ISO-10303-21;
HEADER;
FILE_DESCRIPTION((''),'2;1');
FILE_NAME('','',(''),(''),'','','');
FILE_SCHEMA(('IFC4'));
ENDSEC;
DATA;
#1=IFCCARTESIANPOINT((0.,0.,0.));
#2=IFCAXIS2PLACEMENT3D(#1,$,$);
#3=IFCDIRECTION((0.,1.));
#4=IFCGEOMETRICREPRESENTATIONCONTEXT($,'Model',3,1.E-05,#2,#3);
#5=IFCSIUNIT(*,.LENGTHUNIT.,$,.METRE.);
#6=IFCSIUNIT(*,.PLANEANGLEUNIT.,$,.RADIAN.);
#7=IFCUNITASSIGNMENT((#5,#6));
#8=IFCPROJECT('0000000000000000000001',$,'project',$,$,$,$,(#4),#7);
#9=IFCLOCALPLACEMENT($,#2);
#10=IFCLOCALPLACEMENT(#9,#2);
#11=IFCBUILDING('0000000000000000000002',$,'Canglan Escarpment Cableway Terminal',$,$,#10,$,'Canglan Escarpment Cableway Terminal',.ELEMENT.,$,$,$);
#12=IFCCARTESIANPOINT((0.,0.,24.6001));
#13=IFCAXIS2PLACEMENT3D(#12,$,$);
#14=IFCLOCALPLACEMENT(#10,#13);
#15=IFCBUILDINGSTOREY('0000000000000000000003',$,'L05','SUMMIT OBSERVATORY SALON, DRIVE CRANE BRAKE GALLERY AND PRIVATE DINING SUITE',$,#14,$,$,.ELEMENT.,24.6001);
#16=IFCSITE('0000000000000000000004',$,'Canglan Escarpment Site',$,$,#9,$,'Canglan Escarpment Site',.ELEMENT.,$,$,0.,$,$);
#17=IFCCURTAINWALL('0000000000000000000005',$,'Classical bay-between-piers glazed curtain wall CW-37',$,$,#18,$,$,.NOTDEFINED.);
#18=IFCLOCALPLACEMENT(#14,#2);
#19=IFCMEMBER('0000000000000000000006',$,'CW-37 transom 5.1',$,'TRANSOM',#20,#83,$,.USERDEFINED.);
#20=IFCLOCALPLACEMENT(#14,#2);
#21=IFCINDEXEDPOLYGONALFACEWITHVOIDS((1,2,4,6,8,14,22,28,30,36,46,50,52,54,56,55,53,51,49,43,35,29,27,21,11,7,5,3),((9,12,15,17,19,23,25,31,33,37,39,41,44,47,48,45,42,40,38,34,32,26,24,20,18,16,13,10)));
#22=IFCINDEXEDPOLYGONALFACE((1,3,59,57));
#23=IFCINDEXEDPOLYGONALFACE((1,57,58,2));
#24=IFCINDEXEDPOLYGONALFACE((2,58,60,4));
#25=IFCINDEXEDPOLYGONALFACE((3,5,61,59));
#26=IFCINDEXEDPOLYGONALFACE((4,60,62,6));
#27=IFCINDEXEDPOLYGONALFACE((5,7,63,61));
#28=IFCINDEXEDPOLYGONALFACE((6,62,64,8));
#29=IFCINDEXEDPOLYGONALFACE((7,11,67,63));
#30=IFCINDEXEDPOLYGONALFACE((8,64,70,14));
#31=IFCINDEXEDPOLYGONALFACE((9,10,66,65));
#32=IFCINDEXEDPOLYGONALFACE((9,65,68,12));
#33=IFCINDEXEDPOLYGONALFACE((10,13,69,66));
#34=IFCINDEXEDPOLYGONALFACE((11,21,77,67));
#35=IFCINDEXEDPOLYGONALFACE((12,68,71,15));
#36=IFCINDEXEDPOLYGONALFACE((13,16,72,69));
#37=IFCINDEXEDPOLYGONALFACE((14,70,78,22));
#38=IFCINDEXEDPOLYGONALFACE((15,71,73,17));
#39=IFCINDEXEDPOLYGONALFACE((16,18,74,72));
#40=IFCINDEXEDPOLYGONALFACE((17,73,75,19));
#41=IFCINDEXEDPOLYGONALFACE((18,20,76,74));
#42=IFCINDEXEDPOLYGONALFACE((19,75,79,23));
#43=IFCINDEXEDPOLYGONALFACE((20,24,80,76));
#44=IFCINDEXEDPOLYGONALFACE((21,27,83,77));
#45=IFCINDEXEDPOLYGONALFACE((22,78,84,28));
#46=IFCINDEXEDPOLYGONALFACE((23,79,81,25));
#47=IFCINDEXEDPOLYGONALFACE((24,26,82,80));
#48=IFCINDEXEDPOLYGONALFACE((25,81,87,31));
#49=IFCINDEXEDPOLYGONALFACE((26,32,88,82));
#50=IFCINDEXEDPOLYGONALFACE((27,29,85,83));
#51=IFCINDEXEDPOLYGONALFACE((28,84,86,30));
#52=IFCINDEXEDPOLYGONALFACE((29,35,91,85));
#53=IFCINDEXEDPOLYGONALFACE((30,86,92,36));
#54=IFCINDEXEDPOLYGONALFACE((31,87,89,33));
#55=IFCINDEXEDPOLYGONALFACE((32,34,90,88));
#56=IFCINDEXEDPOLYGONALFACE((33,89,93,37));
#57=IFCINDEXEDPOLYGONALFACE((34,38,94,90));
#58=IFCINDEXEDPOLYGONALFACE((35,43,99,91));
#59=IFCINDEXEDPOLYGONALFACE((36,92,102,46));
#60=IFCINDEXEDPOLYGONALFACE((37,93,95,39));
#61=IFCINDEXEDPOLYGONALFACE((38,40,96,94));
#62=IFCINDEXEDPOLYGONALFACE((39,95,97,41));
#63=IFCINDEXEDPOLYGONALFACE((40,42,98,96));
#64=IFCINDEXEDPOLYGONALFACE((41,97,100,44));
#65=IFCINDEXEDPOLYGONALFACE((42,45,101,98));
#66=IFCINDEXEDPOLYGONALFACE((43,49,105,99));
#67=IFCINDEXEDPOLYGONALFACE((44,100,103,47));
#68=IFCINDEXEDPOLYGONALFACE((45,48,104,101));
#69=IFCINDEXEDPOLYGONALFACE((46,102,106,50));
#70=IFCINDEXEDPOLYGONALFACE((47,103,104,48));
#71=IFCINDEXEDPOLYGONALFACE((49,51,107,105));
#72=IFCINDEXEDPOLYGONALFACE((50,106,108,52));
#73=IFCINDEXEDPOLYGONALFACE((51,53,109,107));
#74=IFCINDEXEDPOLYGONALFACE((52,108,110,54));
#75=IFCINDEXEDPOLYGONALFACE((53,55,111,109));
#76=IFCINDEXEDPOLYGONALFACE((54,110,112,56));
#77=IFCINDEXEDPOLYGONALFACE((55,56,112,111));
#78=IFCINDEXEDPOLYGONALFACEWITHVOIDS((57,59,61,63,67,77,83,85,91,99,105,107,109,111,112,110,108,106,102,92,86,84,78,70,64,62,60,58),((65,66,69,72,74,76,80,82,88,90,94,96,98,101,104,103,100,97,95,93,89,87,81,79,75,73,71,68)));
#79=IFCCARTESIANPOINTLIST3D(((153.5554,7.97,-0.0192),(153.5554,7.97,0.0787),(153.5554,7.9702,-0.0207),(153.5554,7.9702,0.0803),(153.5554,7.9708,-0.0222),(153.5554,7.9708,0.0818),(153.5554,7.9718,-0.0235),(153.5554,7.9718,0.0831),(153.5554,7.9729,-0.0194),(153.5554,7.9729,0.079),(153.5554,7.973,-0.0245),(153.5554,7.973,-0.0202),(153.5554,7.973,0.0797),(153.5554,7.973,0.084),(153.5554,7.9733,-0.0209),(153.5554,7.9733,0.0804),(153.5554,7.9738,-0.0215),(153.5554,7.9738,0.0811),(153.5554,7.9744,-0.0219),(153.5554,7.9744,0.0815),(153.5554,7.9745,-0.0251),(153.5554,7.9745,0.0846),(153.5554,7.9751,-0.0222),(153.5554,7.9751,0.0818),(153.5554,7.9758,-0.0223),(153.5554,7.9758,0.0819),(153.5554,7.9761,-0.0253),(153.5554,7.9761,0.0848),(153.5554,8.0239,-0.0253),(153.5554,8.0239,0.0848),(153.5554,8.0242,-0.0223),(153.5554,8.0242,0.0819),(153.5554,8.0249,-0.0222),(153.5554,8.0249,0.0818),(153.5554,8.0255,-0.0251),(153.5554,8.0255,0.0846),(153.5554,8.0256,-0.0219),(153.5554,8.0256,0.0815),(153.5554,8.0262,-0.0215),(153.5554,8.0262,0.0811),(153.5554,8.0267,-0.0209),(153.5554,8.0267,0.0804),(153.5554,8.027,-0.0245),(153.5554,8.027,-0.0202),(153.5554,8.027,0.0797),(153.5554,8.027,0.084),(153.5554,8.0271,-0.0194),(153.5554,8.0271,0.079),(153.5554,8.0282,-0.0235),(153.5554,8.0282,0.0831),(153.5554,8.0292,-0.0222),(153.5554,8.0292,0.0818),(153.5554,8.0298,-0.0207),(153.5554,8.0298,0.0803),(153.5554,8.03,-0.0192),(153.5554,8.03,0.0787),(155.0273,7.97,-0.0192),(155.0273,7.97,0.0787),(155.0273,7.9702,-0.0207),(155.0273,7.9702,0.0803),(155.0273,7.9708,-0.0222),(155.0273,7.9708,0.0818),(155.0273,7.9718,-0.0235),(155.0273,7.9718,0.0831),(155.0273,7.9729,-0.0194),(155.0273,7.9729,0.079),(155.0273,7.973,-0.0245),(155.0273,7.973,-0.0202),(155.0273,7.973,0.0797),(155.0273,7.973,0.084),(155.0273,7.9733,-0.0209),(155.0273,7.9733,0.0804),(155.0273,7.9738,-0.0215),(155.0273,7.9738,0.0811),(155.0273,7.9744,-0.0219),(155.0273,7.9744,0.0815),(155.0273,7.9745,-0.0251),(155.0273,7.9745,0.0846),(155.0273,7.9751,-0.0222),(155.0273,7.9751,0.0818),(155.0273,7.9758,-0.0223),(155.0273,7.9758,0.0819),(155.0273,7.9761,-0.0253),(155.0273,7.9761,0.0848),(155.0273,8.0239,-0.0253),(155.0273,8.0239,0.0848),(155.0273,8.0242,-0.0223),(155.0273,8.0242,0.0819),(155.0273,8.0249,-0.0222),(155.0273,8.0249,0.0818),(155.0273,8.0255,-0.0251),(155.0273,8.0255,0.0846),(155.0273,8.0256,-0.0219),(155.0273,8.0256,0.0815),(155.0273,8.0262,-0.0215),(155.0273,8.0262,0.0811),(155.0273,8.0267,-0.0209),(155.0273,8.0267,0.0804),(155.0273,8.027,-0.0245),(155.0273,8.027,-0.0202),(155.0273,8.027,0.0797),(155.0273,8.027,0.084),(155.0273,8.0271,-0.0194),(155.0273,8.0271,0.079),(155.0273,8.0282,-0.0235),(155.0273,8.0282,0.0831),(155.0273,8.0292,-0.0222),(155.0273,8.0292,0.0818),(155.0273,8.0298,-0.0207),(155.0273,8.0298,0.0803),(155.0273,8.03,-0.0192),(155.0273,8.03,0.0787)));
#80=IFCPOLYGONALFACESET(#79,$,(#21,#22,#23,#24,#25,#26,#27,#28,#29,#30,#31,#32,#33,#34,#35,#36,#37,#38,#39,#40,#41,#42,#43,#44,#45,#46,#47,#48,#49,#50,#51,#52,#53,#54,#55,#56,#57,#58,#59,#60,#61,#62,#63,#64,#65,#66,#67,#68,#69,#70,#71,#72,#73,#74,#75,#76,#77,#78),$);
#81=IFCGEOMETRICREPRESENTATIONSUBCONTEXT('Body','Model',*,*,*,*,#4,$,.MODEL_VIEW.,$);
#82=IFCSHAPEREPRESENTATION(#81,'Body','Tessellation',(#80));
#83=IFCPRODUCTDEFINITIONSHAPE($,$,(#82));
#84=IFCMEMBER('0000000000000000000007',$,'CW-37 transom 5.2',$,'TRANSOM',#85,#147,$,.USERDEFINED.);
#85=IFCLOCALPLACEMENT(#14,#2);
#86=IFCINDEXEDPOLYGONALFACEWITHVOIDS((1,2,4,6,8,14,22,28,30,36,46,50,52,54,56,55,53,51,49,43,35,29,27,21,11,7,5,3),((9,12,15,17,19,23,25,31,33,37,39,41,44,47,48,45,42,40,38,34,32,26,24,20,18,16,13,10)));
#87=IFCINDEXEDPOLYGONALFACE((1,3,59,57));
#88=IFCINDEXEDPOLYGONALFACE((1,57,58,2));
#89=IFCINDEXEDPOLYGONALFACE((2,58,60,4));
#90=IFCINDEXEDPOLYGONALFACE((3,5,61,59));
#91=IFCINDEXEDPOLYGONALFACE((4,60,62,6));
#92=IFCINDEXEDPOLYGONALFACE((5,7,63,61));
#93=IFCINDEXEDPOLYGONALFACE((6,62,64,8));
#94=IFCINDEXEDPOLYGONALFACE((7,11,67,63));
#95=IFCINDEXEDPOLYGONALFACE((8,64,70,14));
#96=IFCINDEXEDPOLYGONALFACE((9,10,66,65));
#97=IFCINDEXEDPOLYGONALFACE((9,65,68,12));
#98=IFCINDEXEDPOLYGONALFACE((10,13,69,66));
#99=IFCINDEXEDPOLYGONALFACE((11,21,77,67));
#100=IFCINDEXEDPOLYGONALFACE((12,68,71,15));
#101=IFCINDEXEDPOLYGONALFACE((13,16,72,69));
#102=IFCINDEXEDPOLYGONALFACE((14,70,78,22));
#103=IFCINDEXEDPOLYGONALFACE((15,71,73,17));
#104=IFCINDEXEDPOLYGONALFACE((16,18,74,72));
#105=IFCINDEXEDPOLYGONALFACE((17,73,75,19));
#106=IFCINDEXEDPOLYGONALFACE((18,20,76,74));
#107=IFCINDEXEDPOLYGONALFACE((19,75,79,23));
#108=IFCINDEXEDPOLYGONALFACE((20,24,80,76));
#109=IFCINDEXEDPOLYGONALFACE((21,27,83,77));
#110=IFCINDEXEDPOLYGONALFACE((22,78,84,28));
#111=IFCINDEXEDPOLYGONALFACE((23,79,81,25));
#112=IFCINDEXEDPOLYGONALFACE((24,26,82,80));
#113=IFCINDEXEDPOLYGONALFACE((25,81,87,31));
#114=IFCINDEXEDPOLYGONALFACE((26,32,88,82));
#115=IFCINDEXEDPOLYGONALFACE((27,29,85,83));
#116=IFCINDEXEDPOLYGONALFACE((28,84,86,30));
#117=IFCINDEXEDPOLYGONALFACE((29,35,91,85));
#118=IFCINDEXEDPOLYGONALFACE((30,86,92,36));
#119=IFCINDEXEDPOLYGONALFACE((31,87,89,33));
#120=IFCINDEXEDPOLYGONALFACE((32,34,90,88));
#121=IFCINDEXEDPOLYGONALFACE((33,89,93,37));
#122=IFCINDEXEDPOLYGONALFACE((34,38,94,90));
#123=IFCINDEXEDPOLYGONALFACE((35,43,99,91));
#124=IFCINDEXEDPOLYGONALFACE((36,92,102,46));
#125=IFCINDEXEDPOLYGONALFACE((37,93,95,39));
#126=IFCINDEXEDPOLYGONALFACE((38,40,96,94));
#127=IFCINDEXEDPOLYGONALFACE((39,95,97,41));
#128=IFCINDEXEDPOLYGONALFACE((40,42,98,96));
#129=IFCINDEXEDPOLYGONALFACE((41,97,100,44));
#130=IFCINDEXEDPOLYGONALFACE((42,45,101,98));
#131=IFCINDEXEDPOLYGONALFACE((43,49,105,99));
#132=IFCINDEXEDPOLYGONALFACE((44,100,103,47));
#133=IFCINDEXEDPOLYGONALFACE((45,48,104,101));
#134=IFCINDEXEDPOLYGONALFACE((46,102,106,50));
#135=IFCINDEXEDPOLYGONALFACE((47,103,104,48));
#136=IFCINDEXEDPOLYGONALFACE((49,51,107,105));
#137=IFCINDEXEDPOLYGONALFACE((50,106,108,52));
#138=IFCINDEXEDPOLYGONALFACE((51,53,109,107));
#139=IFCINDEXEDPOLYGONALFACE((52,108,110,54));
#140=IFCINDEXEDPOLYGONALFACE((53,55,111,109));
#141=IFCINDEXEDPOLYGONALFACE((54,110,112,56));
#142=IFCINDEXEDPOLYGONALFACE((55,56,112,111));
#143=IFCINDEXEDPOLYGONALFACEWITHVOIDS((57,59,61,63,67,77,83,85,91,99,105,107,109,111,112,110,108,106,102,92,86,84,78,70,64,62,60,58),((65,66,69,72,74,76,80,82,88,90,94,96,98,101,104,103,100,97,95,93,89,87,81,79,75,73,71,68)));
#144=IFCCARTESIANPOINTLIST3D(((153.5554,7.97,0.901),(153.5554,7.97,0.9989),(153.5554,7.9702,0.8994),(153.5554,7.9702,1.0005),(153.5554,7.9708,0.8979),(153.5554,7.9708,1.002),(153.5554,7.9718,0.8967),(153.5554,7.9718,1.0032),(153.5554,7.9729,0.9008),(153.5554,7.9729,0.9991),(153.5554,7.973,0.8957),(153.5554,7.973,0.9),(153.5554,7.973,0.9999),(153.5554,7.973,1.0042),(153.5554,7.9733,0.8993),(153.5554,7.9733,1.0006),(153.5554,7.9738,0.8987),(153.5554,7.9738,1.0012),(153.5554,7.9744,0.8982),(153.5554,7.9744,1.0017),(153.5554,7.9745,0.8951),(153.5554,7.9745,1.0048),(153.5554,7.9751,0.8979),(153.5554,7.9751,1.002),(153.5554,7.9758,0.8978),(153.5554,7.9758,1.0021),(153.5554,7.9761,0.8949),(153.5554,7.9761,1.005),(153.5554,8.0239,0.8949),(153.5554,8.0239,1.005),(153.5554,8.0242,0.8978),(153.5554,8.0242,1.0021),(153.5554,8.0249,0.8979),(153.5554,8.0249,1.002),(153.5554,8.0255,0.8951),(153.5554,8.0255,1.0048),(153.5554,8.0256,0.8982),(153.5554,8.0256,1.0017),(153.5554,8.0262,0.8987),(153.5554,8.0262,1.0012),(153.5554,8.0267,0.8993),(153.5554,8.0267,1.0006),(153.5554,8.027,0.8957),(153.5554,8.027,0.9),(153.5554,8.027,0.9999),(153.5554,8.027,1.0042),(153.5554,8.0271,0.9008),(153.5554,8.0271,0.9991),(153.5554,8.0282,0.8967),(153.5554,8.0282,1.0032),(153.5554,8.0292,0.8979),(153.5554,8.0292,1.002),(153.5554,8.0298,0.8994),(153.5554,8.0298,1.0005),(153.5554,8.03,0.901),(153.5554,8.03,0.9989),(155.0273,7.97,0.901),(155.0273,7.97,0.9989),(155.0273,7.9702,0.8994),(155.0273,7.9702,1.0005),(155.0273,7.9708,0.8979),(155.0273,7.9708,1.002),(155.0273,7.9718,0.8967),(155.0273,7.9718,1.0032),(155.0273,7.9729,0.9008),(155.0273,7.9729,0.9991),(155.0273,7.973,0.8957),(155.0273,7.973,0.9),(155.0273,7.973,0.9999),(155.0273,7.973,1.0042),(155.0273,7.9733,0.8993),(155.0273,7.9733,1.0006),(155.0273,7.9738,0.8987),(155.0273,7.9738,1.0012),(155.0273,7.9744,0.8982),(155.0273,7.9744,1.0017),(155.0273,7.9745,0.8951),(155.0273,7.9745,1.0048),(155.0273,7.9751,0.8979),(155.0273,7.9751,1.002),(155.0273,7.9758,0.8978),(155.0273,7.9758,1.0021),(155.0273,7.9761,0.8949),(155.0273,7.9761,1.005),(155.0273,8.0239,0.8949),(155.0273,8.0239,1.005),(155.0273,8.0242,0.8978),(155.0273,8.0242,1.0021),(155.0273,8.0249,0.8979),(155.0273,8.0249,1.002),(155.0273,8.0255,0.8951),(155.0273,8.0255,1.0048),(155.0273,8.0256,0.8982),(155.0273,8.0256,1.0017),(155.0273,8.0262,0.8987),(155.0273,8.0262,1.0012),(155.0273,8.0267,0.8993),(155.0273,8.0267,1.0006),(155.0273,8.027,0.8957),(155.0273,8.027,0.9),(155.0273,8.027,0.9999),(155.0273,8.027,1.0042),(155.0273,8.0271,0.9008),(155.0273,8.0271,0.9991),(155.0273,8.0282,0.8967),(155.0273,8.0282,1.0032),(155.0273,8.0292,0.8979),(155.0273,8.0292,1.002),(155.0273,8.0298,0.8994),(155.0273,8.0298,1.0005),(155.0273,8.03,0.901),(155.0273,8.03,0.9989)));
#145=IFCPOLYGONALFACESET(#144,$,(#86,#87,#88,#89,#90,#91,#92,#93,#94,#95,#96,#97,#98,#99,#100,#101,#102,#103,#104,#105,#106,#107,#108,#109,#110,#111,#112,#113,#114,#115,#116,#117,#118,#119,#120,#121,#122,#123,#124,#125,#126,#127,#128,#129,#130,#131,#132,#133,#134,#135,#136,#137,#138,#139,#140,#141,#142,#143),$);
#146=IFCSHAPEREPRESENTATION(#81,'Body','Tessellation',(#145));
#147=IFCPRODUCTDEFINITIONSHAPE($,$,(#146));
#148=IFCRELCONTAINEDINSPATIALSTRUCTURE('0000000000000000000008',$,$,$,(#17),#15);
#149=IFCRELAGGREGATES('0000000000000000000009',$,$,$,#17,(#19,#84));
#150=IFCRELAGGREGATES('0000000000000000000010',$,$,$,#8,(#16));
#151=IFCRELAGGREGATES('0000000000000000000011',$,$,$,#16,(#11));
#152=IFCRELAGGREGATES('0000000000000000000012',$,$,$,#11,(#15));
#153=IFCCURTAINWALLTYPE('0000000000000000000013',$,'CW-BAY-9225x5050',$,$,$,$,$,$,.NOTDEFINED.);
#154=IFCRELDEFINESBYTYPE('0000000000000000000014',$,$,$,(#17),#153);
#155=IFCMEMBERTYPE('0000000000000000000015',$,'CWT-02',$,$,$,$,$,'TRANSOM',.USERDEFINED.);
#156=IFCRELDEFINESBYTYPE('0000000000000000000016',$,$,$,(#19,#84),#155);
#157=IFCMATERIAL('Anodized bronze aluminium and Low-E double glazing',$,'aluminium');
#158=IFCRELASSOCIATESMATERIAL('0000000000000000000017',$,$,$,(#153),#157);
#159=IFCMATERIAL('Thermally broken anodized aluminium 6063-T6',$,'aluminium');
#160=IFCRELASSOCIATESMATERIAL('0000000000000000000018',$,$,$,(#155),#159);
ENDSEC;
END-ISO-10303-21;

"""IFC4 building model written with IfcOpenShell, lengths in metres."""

from ifc_helpers import new_model, si_unit, direction, frame, origin, origin_2d, place, context, subcontext, project, spatial, hollow_rectangle, extrude, material, material_profile, profile_set, type_object, element, aggregate, save


model = new_model("IFC4")

# Units and contexts
model_context = context("Model", 3, precision=1e-05, world=origin(), true_north=direction((0.0, 1.0)))
body_context = subcontext(model_context, "Body", "Model", "MODEL_VIEW")
ifc_project = project(units=[si_unit("LENGTHUNIT", "METRE"), si_unit("PLANEANGLEUNIT", "RADIAN")], contexts=[model_context])

# Site, building, storey
site_placement = place(None, origin())
site = spatial("IfcSite", under=ifc_project, at=site_placement, Name="Canglan Escarpment Site", LongName="Canglan Escarpment Site", CompositionType="ELEMENT", RefElevation=0.0)
building_placement = place(site_placement, origin())
building = spatial("IfcBuilding", under=site, at=building_placement, Name="Canglan Escarpment Cableway Terminal", LongName="Canglan Escarpment Cableway Terminal", CompositionType="ELEMENT")
storey_placement = place(building_placement, frame((0.0, 0.0, 24.6001)))
storey = spatial("IfcBuildingStorey", under=building, at=storey_placement, Name="L05", Description="SUMMIT OBSERVATORY SALON, DRIVE CRANE BRAKE GALLERY AND PRIVATE DINING SUITE", CompositionType="ELEMENT", Elevation=24.6001)

# Curtain wall, members
ifc_material_1 = material(Name="Anodized bronze aluminium and Low-E double glazing", Category="aluminium")
curtain_wall_type = type_object("IfcCurtainWallType", Name="CW-BAY-9225x5050", PredefinedType="NOTDEFINED", material=ifc_material_1)
curtain_wall_placement = place(storey_placement, origin())
curtain_wall = element("IfcCurtainWall", 1, at=curtain_wall_placement, inside=storey, type_object=curtain_wall_type, Name="Classical bay-between-piers glazed curtain wall CW-37", PredefinedType="NOTDEFINED")
ifc_material_2 = material(Name="Thermally broken anodized aluminium 6063-T6", Category="aluminium")
ifc_material_profile_1 = material_profile(ifc_material_2, hollow_rectangle(XDim=0.0601, YDim=0.1101, WallThickness=0.0029, InnerFilletRadius=0.0029, OuterFilletRadius=0.0061, at=origin_2d()), Name="ALU-TRAN 60x110x3")
ifc_profile_set_1 = profile_set([ifc_material_profile_1], Name="Thermally broken anodized aluminium 6063-T6")
member_type_1 = type_object("IfcMemberType", Name="CWT-02", ElementType="TRANSOM", PredefinedType="USERDEFINED", material=ifc_profile_set_1)
member_1_placement = place(storey_placement, frame((153.5554, 8.0, 0.0298), z_axis=(1.0, 0.0, 0.0), x_axis=(0.0, 1.0, 0.0)))
member_1 = element("IfcMember", 2, at=member_1_placement, type_object=member_type_1, Name="CW-37 transom 5.1", ObjectType="TRANSOM", PredefinedType="USERDEFINED", context=body_context, shape_type="SweptSolid", body=[
    extrude(hollow_rectangle(XDim=0.0601, YDim=0.1101, WallThickness=0.0029, InnerFilletRadius=0.0029, OuterFilletRadius=0.0061, at=origin_2d()), origin(), (0.0, 0.0, 1.0), 1.4719),
])
member_2_placement = place(storey_placement, frame((153.5554, 8.0, 0.95), z_axis=(1.0, 0.0, 0.0), x_axis=(0.0, 1.0, 0.0)))
member_2 = element("IfcMember", 3, at=member_2_placement, type_object=member_type_1, Name="CW-37 transom 5.2", ObjectType="TRANSOM", PredefinedType="USERDEFINED", context=body_context, shape_type="SweptSolid", body=[
    extrude(hollow_rectangle(XDim=0.0601, YDim=0.1101, WallThickness=0.0029, InnerFilletRadius=0.0029, OuterFilletRadius=0.0061, at=origin_2d()), origin(), (0.0, 0.0, 1.0), 1.4719),
])

aggregate(curtain_wall, [member_1, member_2])

save(model, "model.ifc")
